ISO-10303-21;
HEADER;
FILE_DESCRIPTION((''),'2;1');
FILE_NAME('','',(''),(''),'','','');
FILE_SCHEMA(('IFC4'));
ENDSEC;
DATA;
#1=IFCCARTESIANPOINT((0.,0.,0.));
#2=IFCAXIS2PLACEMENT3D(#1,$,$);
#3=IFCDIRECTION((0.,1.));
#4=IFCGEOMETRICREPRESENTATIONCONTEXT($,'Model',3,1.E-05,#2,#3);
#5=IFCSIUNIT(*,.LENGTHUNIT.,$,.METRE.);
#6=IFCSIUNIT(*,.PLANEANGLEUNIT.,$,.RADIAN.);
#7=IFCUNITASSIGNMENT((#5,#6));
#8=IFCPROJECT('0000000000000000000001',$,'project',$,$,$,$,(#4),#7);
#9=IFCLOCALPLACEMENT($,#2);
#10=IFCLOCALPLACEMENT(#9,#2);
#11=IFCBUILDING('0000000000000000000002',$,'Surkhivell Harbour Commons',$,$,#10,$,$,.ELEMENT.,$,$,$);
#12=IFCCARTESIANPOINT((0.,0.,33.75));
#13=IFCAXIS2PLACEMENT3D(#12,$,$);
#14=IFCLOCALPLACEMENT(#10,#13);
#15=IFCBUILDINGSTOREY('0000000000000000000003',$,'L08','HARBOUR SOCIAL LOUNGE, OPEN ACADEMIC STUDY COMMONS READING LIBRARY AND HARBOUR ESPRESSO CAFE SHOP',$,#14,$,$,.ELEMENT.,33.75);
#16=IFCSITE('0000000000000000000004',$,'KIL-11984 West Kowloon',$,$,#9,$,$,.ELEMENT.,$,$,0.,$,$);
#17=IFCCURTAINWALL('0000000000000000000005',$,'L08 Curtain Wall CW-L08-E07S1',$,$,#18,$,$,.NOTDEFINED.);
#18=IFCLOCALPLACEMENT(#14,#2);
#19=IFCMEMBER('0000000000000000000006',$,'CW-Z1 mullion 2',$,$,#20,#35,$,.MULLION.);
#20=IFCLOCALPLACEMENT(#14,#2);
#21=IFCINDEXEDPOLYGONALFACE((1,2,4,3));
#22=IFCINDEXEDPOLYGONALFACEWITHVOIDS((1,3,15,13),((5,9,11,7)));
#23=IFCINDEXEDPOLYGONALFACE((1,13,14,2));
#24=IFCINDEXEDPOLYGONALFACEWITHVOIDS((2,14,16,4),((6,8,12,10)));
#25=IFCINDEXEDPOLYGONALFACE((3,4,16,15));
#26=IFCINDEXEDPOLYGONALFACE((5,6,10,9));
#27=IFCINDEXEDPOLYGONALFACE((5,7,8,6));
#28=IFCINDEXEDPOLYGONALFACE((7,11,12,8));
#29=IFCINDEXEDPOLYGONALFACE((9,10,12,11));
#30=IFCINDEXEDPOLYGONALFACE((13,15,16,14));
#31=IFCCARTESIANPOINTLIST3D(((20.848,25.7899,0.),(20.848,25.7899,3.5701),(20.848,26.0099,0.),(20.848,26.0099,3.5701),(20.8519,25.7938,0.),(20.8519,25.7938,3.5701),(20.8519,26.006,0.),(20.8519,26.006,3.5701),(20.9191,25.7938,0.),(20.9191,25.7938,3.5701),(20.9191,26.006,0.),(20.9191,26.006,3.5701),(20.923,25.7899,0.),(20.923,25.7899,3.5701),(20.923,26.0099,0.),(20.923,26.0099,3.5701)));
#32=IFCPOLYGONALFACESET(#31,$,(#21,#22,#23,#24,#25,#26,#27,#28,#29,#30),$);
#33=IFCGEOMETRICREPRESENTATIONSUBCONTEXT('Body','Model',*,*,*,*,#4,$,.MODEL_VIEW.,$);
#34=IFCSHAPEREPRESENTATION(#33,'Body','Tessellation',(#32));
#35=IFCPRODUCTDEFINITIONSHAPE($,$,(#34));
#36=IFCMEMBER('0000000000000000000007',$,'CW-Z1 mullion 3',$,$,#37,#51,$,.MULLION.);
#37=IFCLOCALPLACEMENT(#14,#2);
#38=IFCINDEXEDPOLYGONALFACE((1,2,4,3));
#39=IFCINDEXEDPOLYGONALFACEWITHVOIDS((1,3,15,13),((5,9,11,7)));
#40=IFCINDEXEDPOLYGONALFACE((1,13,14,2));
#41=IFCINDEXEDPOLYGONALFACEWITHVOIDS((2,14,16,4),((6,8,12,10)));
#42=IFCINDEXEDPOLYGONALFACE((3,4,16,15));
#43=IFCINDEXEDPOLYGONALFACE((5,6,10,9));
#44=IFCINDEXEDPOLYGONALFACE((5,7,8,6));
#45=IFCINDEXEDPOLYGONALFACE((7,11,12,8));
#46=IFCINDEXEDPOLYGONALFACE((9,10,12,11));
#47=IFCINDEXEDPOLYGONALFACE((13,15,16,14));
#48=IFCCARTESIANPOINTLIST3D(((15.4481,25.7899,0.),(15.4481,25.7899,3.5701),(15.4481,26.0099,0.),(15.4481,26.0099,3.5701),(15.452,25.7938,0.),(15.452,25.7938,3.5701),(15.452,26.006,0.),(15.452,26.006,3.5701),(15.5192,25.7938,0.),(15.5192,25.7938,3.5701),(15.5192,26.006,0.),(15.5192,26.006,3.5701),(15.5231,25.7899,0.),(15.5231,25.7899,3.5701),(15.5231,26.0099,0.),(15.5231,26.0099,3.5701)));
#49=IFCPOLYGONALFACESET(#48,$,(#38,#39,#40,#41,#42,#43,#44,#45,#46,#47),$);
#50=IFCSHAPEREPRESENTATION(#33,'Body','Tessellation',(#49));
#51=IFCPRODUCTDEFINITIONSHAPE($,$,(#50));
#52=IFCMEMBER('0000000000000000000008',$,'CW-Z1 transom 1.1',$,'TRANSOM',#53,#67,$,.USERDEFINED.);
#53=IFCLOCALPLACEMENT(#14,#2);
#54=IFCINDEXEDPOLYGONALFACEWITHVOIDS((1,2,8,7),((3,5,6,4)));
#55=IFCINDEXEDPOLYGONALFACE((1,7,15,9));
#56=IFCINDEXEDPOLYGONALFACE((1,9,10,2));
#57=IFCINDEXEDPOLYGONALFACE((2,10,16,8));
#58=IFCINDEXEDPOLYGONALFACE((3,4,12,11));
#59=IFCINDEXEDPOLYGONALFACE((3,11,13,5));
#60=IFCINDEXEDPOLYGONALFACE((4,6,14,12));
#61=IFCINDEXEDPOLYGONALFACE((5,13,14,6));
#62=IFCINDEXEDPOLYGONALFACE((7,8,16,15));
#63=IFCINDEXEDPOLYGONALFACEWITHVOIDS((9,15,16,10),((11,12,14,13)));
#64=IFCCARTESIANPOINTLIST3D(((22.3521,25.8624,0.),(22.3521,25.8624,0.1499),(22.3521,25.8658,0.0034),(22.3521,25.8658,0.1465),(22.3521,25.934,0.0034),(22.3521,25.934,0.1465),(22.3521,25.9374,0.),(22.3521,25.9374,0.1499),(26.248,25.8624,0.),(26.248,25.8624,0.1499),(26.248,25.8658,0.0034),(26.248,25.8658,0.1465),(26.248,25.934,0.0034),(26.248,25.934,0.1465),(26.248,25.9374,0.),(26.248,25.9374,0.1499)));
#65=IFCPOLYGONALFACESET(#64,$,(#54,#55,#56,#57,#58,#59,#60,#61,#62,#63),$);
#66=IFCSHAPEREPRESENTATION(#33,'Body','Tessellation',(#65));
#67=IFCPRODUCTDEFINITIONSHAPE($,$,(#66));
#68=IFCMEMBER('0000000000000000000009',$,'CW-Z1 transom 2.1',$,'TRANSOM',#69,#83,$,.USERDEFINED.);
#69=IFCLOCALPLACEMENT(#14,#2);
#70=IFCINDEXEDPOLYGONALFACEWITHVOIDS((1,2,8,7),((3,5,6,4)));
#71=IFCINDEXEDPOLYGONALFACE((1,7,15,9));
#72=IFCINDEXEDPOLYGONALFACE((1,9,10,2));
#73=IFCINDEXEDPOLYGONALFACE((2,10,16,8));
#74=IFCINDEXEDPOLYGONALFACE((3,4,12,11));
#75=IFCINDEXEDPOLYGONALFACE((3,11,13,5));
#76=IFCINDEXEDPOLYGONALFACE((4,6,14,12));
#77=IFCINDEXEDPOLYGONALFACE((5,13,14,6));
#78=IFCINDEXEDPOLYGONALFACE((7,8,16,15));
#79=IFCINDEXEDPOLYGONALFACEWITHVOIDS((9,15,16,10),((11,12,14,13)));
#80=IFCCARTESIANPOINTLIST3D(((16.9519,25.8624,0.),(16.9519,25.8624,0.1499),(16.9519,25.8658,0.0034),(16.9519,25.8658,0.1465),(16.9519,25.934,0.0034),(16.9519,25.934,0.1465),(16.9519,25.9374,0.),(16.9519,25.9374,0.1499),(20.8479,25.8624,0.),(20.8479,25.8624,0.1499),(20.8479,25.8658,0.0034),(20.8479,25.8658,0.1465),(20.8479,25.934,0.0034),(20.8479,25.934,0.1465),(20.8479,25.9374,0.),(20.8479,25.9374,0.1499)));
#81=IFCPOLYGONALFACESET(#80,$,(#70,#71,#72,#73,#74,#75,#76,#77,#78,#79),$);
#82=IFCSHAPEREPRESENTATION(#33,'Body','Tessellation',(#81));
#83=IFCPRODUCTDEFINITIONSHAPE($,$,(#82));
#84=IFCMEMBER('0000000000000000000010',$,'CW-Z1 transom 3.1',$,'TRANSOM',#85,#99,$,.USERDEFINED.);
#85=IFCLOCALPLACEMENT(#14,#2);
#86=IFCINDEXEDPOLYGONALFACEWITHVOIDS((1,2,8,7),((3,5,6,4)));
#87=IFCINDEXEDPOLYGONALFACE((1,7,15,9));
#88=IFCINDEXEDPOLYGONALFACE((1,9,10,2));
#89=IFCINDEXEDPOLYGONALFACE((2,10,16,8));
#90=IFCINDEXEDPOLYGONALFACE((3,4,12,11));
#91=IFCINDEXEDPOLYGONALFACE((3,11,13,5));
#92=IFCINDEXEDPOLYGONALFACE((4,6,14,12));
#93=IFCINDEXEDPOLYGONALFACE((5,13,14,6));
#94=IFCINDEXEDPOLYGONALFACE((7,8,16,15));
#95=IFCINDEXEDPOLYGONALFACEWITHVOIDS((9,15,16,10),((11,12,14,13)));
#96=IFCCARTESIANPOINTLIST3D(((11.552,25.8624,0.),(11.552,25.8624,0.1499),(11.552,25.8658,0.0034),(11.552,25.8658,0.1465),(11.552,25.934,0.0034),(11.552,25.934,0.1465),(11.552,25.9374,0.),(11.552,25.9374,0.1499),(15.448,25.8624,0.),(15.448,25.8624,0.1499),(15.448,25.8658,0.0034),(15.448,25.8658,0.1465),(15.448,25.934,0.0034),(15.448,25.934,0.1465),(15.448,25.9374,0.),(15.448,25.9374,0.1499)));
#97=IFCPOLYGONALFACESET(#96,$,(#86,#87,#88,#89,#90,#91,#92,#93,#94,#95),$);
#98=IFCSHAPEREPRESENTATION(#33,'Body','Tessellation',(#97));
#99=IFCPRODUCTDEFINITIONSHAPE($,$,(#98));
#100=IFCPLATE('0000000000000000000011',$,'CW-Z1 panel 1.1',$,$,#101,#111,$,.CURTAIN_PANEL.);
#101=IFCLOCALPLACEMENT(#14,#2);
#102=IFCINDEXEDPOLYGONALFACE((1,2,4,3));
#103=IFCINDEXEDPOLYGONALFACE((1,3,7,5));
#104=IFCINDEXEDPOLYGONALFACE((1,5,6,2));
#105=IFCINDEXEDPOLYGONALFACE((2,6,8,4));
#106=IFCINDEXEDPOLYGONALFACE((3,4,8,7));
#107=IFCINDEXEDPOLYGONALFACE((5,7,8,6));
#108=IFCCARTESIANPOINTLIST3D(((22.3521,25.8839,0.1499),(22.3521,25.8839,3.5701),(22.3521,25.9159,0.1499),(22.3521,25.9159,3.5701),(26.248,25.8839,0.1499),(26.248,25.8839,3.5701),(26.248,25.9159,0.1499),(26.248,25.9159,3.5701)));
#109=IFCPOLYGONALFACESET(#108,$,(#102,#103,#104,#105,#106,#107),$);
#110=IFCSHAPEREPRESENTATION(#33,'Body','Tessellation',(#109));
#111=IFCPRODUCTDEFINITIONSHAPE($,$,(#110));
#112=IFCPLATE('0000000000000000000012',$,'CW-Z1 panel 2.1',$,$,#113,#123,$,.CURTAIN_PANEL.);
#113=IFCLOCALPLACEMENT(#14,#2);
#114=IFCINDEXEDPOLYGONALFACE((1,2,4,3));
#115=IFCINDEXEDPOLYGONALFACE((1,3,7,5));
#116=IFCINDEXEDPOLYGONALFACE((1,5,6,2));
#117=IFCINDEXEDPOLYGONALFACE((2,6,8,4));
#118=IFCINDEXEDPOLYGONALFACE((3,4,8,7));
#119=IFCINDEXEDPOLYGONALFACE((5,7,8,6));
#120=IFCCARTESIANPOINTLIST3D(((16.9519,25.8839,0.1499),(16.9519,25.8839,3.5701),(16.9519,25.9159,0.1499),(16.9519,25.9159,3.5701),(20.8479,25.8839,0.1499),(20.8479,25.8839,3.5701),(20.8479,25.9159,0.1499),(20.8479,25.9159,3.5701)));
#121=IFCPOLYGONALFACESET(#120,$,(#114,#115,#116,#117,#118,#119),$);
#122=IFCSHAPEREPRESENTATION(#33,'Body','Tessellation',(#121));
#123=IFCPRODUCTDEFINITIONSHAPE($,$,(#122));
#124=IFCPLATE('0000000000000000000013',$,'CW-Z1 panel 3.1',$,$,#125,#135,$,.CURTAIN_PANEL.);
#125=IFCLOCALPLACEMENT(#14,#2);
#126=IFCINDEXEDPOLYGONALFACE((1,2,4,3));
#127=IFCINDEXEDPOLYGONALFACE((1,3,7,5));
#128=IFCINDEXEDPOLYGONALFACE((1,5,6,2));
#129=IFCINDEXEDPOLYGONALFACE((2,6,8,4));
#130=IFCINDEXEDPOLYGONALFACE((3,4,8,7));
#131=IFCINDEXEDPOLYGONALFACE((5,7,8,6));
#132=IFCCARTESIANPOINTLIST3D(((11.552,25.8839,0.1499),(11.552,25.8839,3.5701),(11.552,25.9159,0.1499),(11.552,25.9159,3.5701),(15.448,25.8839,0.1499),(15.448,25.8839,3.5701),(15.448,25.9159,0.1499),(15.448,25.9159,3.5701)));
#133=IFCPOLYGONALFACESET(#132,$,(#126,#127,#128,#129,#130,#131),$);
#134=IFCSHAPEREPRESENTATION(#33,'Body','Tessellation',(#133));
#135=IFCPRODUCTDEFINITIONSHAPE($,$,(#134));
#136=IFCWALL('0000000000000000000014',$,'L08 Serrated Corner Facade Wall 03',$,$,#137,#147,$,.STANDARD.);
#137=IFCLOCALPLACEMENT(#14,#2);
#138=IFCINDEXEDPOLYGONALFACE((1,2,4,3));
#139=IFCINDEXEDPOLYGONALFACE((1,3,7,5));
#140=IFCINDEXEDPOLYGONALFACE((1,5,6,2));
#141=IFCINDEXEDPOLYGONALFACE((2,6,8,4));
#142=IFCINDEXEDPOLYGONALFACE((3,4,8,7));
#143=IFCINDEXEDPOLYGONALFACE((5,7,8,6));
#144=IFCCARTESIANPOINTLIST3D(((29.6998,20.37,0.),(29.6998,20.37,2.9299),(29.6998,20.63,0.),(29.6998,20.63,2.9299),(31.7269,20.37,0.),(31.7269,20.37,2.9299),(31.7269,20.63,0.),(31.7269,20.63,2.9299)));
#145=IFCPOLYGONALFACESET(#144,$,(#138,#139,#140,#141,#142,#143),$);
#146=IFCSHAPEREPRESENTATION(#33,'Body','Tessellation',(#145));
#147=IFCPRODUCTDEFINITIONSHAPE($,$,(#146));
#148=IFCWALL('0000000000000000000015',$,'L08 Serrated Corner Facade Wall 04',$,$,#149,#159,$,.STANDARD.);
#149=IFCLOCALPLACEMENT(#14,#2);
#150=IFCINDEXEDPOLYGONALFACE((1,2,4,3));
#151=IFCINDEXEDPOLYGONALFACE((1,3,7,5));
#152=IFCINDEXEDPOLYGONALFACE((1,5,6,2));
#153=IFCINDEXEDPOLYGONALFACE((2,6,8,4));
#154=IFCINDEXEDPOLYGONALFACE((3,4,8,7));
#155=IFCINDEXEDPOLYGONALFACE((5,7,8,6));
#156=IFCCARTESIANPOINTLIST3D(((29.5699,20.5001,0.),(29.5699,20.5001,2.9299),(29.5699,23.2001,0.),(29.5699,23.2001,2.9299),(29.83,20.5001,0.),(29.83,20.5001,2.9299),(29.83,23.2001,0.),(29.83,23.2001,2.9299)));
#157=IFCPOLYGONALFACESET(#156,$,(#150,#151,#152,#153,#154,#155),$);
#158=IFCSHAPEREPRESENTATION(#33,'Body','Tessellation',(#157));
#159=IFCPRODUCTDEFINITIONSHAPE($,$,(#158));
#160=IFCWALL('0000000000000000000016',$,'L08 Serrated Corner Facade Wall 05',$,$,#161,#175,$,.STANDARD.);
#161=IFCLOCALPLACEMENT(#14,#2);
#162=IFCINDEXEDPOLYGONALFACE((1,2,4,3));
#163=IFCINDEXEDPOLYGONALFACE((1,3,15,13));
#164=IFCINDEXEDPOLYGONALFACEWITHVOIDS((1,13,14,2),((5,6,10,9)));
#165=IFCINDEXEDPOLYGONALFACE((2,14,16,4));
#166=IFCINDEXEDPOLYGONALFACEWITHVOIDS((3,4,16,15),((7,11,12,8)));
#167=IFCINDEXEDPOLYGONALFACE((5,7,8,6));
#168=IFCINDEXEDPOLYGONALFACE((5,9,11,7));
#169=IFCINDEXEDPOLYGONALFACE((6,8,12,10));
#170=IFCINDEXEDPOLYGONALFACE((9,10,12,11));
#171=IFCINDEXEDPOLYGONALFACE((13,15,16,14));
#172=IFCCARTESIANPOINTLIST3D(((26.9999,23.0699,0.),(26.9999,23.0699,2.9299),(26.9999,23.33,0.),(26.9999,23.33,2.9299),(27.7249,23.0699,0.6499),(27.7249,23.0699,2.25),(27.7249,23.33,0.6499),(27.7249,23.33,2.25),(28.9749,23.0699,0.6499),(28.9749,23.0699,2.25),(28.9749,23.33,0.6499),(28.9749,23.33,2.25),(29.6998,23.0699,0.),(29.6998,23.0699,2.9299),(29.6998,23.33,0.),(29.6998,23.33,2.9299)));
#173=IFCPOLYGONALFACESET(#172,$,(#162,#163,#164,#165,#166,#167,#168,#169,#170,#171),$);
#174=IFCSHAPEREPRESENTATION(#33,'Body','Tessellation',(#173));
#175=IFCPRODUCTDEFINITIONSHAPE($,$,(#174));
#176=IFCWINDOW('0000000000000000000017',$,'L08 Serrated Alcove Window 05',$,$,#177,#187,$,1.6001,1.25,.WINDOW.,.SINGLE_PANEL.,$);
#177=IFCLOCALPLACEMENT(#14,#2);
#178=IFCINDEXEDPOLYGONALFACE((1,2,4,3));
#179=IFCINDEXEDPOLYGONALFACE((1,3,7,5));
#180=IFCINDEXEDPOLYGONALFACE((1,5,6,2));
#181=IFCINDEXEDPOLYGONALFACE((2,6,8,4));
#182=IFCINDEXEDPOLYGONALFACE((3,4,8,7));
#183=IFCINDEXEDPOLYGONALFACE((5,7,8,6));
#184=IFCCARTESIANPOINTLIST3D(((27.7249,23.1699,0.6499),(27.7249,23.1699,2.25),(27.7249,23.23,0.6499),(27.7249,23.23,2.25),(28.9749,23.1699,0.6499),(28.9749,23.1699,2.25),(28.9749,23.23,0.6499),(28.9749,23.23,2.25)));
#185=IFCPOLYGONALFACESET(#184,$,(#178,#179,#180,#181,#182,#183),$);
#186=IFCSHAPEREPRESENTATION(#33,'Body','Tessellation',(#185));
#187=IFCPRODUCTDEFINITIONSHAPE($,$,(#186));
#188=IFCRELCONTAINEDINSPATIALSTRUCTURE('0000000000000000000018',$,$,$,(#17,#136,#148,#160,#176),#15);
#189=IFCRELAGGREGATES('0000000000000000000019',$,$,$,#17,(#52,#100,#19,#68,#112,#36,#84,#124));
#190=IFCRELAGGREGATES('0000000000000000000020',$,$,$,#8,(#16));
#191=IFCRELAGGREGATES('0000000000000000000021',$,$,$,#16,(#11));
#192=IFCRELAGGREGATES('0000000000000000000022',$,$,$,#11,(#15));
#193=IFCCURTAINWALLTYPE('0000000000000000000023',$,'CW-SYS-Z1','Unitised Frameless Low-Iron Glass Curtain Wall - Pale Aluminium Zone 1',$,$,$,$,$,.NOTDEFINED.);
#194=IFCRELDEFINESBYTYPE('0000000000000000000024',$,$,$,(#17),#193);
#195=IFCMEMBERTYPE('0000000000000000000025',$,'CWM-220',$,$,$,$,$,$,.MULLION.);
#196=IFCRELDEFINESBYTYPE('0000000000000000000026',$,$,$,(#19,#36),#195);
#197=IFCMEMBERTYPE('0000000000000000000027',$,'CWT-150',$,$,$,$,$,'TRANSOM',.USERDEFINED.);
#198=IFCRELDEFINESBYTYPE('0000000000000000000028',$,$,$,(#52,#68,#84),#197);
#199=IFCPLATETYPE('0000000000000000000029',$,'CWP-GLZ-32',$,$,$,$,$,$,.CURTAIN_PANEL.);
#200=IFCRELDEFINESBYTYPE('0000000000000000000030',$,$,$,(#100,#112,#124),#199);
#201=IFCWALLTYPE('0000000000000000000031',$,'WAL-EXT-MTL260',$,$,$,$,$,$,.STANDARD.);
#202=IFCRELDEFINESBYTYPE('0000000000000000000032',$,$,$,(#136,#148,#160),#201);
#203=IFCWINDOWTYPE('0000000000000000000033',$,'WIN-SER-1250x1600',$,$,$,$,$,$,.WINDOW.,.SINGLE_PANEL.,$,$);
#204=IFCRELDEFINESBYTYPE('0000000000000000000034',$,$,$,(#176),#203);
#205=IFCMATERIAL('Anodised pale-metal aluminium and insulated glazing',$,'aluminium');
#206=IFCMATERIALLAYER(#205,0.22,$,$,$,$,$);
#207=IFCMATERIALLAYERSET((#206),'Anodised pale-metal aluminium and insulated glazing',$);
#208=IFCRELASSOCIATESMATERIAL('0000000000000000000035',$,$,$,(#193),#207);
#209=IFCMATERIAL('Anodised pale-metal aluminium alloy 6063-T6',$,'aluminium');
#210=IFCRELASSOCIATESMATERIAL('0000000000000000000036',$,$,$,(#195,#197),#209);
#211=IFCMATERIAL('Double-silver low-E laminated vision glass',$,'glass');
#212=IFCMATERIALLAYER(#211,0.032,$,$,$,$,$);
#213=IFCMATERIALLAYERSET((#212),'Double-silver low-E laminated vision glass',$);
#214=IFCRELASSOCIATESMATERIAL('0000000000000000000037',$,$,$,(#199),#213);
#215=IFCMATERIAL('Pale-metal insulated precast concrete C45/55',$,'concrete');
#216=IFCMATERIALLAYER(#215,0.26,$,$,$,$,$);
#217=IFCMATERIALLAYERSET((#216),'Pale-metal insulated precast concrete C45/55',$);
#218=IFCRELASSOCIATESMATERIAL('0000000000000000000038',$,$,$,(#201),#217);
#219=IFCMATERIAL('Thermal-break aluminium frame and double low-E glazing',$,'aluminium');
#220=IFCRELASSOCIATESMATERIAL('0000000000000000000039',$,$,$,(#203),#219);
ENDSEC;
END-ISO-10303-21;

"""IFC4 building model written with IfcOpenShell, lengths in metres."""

from ifc_helpers import new_model, si_unit, direction, frame, frame_2d, origin, origin_2d, place, context, subcontext, project, spatial, rectangle, hollow_rectangle, extrude, material, layer, layer_set, material_profile, profile_set, type_object, element, fill, aggregate, save


model = new_model("IFC4")

# Units and contexts
model_context = context("Model", 3, precision=1e-05, world=origin(), true_north=direction((0.0, 1.0)))
body_context = subcontext(model_context, "Body", "Model", "MODEL_VIEW")
ifc_project = project(units=[si_unit("LENGTHUNIT", "METRE"), si_unit("PLANEANGLEUNIT", "RADIAN")], contexts=[model_context])

# Site, building, storey
site_placement = place(None, origin())
site = spatial("IfcSite", under=ifc_project, at=site_placement, Name="KIL-11984 West Kowloon", CompositionType="ELEMENT", RefElevation=0.0)
building_placement = place(site_placement, origin())
building = spatial("IfcBuilding", under=site, at=building_placement, Name="Surkhivell Harbour Commons", CompositionType="ELEMENT")
storey_placement = place(building_placement, frame((0.0, 0.0, 33.75)))
storey = spatial("IfcBuildingStorey", under=building, at=storey_placement, Name="L08", Description="HARBOUR SOCIAL LOUNGE, OPEN ACADEMIC STUDY COMMONS READING LIBRARY AND HARBOUR ESPRESSO CAFE SHOP", CompositionType="ELEMENT", Elevation=33.75)

# Curtain wall, members, plates
ifc_material_1 = material(Name="Anodised pale-metal aluminium and insulated glazing", Category="aluminium")
ifc_layer_1 = layer(ifc_material_1, 0.22)
ifc_layer_set_1 = layer_set([ifc_layer_1], Name="Anodised pale-metal aluminium and insulated glazing")
curtain_wall_type = type_object("IfcCurtainWallType", Name="CW-SYS-Z1", Description="Unitised Frameless Low-Iron Glass Curtain Wall - Pale Aluminium Zone 1", PredefinedType="NOTDEFINED", material=ifc_layer_set_1)
curtain_wall_placement = place(storey_placement, origin())
curtain_wall = element("IfcCurtainWall", 1, at=curtain_wall_placement, inside=storey, type_object=curtain_wall_type, Name="L08 Curtain Wall CW-L08-E07S1", PredefinedType="NOTDEFINED")
ifc_material_2 = material(Name="Anodised pale-metal aluminium alloy 6063-T6", Category="aluminium")
ifc_material_profile_1 = material_profile(ifc_material_2, hollow_rectangle(XDim=0.075, YDim=0.22, WallThickness=0.0039, at=origin_2d()), Name="ALU-MULL-75x220")
ifc_profile_set_1 = profile_set([ifc_material_profile_1], Name="Anodised pale-metal aluminium alloy 6063-T6")
member_type_1 = type_object("IfcMemberType", Name="CWM-220", PredefinedType="MULLION", material=ifc_profile_set_1)
member_1_placement = place(storey_placement, frame((20.8855, 25.8999, 0.0), z_axis=(0.0, 0.0, 1.0), x_axis=(-1.0, 0.0, 0.0)))
member_1 = element("IfcMember", 2, at=member_1_placement, type_object=member_type_1, Name="CW-Z1 mullion 2", PredefinedType="MULLION", context=body_context, shape_type="SweptSolid", body=[
    extrude(hollow_rectangle(XDim=0.075, YDim=0.22, WallThickness=0.0039, at=origin_2d()), origin(), (0.0, 0.0, 1.0), 3.5701),
])
member_2_placement = place(storey_placement, frame((15.4856, 25.8999, 0.0), z_axis=(0.0, 0.0, 1.0), x_axis=(-1.0, 0.0, 0.0)))
member_2 = element("IfcMember", 3, at=member_2_placement, type_object=member_type_1, Name="CW-Z1 mullion 3", PredefinedType="MULLION", context=body_context, shape_type="SweptSolid", body=[
    extrude(hollow_rectangle(XDim=0.075, YDim=0.22, WallThickness=0.0039, at=origin_2d()), origin(), (0.0, 0.0, 1.0), 3.5701),
])
ifc_material_profile_2 = material_profile(ifc_material_2, hollow_rectangle(XDim=0.075, YDim=0.1499, WallThickness=0.0034, at=origin_2d()), Name="ALU-TRAN-75x150")
ifc_profile_set_2 = profile_set([ifc_material_profile_2], Name="Anodised pale-metal aluminium alloy 6063-T6")
member_type_2 = type_object("IfcMemberType", Name="CWT-150", ElementType="TRANSOM", PredefinedType="USERDEFINED", material=ifc_profile_set_2)
member_3_placement = place(storey_placement, frame((26.248, 25.8999, 0.075), z_axis=(-1.0, 0.0, 0.0), x_axis=(0.0, -1.0, 0.0)))
member_3 = element("IfcMember", 4, at=member_3_placement, type_object=member_type_2, Name="CW-Z1 transom 1.1", ObjectType="TRANSOM", PredefinedType="USERDEFINED", context=body_context, shape_type="SweptSolid", body=[
    extrude(hollow_rectangle(XDim=0.075, YDim=0.1499, WallThickness=0.0034, at=origin_2d()), origin(), (0.0, 0.0, 1.0), 3.896),
])
member_4_placement = place(storey_placement, frame((20.8479, 25.8999, 0.075), z_axis=(-1.0, 0.0, 0.0), x_axis=(0.0, -1.0, 0.0)))
member_4 = element("IfcMember", 5, at=member_4_placement, type_object=member_type_2, Name="CW-Z1 transom 2.1", ObjectType="TRANSOM", PredefinedType="USERDEFINED", context=body_context, shape_type="SweptSolid", body=[
    extrude(hollow_rectangle(XDim=0.075, YDim=0.1499, WallThickness=0.0034, at=origin_2d()), origin(), (0.0, 0.0, 1.0), 3.896),
])
member_5_placement = place(storey_placement, frame((15.448, 25.8999, 0.075), z_axis=(-1.0, 0.0, 0.0), x_axis=(0.0, -1.0, 0.0)))
member_5 = element("IfcMember", 6, at=member_5_placement, type_object=member_type_2, Name="CW-Z1 transom 3.1", ObjectType="TRANSOM", PredefinedType="USERDEFINED", context=body_context, shape_type="SweptSolid", body=[
    extrude(hollow_rectangle(XDim=0.075, YDim=0.1499, WallThickness=0.0034, at=origin_2d()), origin(), (0.0, 0.0, 1.0), 3.896),
])
ifc_material_3 = material(Name="Double-silver low-E laminated vision glass", Category="glass")
ifc_layer_2 = layer(ifc_material_3, 0.032)
ifc_layer_set_2 = layer_set([ifc_layer_2], Name="Double-silver low-E laminated vision glass")
plate_type = type_object("IfcPlateType", Name="CWP-GLZ-32", PredefinedType="CURTAIN_PANEL", material=ifc_layer_set_2)
plate_1_placement = place(storey_placement, frame((26.248, 25.8999, 0.1499), z_axis=(0.0, 0.0, 1.0), x_axis=(-1.0, 0.0, 0.0)))
plate_1 = element("IfcPlate", 7, at=plate_1_placement, type_object=plate_type, Name="CW-Z1 panel 1.1", PredefinedType="CURTAIN_PANEL", context=body_context, shape_type="SweptSolid", body=[
    extrude(rectangle(XDim=3.896, YDim=0.032, at=frame_2d((1.948, 0.0))), origin(), (0.0, 0.0, 1.0), 3.4202),
])
plate_2_placement = place(storey_placement, frame((20.8479, 25.8999, 0.1499), z_axis=(0.0, 0.0, 1.0), x_axis=(-1.0, 0.0, 0.0)))
plate_2 = element("IfcPlate", 8, at=plate_2_placement, type_object=plate_type, Name="CW-Z1 panel 2.1", PredefinedType="CURTAIN_PANEL", context=body_context, shape_type="SweptSolid", body=[
    extrude(rectangle(XDim=3.896, YDim=0.032, at=frame_2d((1.948, 0.0))), origin(), (0.0, 0.0, 1.0), 3.4202),
])
plate_3_placement = place(storey_placement, frame((15.448, 25.8999, 0.1499), z_axis=(0.0, 0.0, 1.0), x_axis=(-1.0, 0.0, 0.0)))
plate_3 = element("IfcPlate", 9, at=plate_3_placement, type_object=plate_type, Name="CW-Z1 panel 3.1", PredefinedType="CURTAIN_PANEL", context=body_context, shape_type="SweptSolid", body=[
    extrude(rectangle(XDim=3.896, YDim=0.032, at=frame_2d((1.948, 0.0))), origin(), (0.0, 0.0, 1.0), 3.4202),
])
aggregate(curtain_wall, [member_3, plate_1, member_1, member_4, plate_2, member_2, member_5, plate_3])

# Walls
ifc_material_4 = material(Name="Pale-metal insulated precast concrete C45/55", Category="concrete")
ifc_layer_3 = layer(ifc_material_4, 0.26)
ifc_layer_set_3 = layer_set([ifc_layer_3], Name="Pale-metal insulated precast concrete C45/55")
wall_type = type_object("IfcWallType", Name="WAL-EXT-MTL260", PredefinedType="STANDARD", material=ifc_layer_set_3)
wall_1_placement = place(storey_placement, frame((31.7271, 20.5, 0.0), z_axis=(0.0, 0.0, 1.0), x_axis=(-1.0, 0.0, 0.0)))
element("IfcWall", 10, at=wall_1_placement, inside=storey, type_object=wall_type, Name="L08 Serrated Corner Facade Wall 03", PredefinedType="STANDARD", context=body_context, shape_type="SweptSolid", body=[
    extrude(rectangle(XDim=2.0271, YDim=0.26, at=frame_2d((1.0137, 0.0))), origin(), (0.0, 0.0, 1.0), 2.9299),
])
wall_2_placement = place(storey_placement, frame((29.7, 20.5, 0.0), z_axis=(0.0, 0.0, 1.0), x_axis=(0.0, 1.0, 0.0)))
element("IfcWall", 11, at=wall_2_placement, inside=storey, type_object=wall_type, Name="L08 Serrated Corner Facade Wall 04", PredefinedType="STANDARD", context=body_context, shape_type="SweptSolid", body=[
    extrude(rectangle(XDim=2.7, YDim=0.26, at=frame_2d((1.3501, 0.0))), origin(), (0.0, 0.0, 1.0), 2.9299),
])

# Wall, opening, window
wall_3_placement = place(storey_placement, frame((29.7, 23.2, 0.0), z_axis=(0.0, 0.0, 1.0), x_axis=(-1.0, 0.0, 0.0)))
wall_3 = element("IfcWall", 12, at=wall_3_placement, inside=storey, type_object=wall_type, Name="L08 Serrated Corner Facade Wall 05", PredefinedType="STANDARD", context=body_context, shape_type="SweptSolid", body=[
    extrude(rectangle(XDim=2.7, YDim=0.26, at=frame_2d((1.3501, 0.0))), origin(), (0.0, 0.0, 1.0), 2.9299),
])
opening_placement = place(wall_3_placement, frame((0.7251, 0.0, 0.6499)))
opening = element("IfcOpeningElement", 13, at=opening_placement, cuts=wall_3, PredefinedType="OPENING", context=body_context, shape_type="SweptSolid", body=[
    extrude(rectangle(XDim=1.25, YDim=1.6001, at=frame_2d((0.625, 0.8))), frame((0.0, 0.1399, 0.0), z_axis=(0.0, -1.0, 0.0), x_axis=(1.0, 0.0, 0.0)), (0.0, 0.0, 1.0), 0.28),
])
ifc_material_5 = material(Name="Thermal-break aluminium frame and double low-E glazing", Category="aluminium")
window_type = type_object("IfcWindowType", Name="WIN-SER-1250x1600", PartitioningType="SINGLE_PANEL", PredefinedType="WINDOW", material=ifc_material_5)
window_placement = place(opening_placement, origin())
window = element("IfcWindow", 14, at=window_placement, inside=storey, type_object=window_type, Name="L08 Serrated Alcove Window 05", OverallHeight=1.6001, OverallWidth=1.25, PartitioningType="SINGLE_PANEL", PredefinedType="WINDOW", context=body_context, shape_type="SweptSolid", body=[
    extrude(rectangle(XDim=1.25, YDim=1.6001, at=frame_2d((0.625, 0.8))), frame((0.0, 0.03, 0.0), z_axis=(0.0, -1.0, 0.0), x_axis=(1.0, 0.0, 0.0)), (0.0, 0.0, 1.0), 0.0601),
])
fill(opening, window)

save(model, "model.ifc")
